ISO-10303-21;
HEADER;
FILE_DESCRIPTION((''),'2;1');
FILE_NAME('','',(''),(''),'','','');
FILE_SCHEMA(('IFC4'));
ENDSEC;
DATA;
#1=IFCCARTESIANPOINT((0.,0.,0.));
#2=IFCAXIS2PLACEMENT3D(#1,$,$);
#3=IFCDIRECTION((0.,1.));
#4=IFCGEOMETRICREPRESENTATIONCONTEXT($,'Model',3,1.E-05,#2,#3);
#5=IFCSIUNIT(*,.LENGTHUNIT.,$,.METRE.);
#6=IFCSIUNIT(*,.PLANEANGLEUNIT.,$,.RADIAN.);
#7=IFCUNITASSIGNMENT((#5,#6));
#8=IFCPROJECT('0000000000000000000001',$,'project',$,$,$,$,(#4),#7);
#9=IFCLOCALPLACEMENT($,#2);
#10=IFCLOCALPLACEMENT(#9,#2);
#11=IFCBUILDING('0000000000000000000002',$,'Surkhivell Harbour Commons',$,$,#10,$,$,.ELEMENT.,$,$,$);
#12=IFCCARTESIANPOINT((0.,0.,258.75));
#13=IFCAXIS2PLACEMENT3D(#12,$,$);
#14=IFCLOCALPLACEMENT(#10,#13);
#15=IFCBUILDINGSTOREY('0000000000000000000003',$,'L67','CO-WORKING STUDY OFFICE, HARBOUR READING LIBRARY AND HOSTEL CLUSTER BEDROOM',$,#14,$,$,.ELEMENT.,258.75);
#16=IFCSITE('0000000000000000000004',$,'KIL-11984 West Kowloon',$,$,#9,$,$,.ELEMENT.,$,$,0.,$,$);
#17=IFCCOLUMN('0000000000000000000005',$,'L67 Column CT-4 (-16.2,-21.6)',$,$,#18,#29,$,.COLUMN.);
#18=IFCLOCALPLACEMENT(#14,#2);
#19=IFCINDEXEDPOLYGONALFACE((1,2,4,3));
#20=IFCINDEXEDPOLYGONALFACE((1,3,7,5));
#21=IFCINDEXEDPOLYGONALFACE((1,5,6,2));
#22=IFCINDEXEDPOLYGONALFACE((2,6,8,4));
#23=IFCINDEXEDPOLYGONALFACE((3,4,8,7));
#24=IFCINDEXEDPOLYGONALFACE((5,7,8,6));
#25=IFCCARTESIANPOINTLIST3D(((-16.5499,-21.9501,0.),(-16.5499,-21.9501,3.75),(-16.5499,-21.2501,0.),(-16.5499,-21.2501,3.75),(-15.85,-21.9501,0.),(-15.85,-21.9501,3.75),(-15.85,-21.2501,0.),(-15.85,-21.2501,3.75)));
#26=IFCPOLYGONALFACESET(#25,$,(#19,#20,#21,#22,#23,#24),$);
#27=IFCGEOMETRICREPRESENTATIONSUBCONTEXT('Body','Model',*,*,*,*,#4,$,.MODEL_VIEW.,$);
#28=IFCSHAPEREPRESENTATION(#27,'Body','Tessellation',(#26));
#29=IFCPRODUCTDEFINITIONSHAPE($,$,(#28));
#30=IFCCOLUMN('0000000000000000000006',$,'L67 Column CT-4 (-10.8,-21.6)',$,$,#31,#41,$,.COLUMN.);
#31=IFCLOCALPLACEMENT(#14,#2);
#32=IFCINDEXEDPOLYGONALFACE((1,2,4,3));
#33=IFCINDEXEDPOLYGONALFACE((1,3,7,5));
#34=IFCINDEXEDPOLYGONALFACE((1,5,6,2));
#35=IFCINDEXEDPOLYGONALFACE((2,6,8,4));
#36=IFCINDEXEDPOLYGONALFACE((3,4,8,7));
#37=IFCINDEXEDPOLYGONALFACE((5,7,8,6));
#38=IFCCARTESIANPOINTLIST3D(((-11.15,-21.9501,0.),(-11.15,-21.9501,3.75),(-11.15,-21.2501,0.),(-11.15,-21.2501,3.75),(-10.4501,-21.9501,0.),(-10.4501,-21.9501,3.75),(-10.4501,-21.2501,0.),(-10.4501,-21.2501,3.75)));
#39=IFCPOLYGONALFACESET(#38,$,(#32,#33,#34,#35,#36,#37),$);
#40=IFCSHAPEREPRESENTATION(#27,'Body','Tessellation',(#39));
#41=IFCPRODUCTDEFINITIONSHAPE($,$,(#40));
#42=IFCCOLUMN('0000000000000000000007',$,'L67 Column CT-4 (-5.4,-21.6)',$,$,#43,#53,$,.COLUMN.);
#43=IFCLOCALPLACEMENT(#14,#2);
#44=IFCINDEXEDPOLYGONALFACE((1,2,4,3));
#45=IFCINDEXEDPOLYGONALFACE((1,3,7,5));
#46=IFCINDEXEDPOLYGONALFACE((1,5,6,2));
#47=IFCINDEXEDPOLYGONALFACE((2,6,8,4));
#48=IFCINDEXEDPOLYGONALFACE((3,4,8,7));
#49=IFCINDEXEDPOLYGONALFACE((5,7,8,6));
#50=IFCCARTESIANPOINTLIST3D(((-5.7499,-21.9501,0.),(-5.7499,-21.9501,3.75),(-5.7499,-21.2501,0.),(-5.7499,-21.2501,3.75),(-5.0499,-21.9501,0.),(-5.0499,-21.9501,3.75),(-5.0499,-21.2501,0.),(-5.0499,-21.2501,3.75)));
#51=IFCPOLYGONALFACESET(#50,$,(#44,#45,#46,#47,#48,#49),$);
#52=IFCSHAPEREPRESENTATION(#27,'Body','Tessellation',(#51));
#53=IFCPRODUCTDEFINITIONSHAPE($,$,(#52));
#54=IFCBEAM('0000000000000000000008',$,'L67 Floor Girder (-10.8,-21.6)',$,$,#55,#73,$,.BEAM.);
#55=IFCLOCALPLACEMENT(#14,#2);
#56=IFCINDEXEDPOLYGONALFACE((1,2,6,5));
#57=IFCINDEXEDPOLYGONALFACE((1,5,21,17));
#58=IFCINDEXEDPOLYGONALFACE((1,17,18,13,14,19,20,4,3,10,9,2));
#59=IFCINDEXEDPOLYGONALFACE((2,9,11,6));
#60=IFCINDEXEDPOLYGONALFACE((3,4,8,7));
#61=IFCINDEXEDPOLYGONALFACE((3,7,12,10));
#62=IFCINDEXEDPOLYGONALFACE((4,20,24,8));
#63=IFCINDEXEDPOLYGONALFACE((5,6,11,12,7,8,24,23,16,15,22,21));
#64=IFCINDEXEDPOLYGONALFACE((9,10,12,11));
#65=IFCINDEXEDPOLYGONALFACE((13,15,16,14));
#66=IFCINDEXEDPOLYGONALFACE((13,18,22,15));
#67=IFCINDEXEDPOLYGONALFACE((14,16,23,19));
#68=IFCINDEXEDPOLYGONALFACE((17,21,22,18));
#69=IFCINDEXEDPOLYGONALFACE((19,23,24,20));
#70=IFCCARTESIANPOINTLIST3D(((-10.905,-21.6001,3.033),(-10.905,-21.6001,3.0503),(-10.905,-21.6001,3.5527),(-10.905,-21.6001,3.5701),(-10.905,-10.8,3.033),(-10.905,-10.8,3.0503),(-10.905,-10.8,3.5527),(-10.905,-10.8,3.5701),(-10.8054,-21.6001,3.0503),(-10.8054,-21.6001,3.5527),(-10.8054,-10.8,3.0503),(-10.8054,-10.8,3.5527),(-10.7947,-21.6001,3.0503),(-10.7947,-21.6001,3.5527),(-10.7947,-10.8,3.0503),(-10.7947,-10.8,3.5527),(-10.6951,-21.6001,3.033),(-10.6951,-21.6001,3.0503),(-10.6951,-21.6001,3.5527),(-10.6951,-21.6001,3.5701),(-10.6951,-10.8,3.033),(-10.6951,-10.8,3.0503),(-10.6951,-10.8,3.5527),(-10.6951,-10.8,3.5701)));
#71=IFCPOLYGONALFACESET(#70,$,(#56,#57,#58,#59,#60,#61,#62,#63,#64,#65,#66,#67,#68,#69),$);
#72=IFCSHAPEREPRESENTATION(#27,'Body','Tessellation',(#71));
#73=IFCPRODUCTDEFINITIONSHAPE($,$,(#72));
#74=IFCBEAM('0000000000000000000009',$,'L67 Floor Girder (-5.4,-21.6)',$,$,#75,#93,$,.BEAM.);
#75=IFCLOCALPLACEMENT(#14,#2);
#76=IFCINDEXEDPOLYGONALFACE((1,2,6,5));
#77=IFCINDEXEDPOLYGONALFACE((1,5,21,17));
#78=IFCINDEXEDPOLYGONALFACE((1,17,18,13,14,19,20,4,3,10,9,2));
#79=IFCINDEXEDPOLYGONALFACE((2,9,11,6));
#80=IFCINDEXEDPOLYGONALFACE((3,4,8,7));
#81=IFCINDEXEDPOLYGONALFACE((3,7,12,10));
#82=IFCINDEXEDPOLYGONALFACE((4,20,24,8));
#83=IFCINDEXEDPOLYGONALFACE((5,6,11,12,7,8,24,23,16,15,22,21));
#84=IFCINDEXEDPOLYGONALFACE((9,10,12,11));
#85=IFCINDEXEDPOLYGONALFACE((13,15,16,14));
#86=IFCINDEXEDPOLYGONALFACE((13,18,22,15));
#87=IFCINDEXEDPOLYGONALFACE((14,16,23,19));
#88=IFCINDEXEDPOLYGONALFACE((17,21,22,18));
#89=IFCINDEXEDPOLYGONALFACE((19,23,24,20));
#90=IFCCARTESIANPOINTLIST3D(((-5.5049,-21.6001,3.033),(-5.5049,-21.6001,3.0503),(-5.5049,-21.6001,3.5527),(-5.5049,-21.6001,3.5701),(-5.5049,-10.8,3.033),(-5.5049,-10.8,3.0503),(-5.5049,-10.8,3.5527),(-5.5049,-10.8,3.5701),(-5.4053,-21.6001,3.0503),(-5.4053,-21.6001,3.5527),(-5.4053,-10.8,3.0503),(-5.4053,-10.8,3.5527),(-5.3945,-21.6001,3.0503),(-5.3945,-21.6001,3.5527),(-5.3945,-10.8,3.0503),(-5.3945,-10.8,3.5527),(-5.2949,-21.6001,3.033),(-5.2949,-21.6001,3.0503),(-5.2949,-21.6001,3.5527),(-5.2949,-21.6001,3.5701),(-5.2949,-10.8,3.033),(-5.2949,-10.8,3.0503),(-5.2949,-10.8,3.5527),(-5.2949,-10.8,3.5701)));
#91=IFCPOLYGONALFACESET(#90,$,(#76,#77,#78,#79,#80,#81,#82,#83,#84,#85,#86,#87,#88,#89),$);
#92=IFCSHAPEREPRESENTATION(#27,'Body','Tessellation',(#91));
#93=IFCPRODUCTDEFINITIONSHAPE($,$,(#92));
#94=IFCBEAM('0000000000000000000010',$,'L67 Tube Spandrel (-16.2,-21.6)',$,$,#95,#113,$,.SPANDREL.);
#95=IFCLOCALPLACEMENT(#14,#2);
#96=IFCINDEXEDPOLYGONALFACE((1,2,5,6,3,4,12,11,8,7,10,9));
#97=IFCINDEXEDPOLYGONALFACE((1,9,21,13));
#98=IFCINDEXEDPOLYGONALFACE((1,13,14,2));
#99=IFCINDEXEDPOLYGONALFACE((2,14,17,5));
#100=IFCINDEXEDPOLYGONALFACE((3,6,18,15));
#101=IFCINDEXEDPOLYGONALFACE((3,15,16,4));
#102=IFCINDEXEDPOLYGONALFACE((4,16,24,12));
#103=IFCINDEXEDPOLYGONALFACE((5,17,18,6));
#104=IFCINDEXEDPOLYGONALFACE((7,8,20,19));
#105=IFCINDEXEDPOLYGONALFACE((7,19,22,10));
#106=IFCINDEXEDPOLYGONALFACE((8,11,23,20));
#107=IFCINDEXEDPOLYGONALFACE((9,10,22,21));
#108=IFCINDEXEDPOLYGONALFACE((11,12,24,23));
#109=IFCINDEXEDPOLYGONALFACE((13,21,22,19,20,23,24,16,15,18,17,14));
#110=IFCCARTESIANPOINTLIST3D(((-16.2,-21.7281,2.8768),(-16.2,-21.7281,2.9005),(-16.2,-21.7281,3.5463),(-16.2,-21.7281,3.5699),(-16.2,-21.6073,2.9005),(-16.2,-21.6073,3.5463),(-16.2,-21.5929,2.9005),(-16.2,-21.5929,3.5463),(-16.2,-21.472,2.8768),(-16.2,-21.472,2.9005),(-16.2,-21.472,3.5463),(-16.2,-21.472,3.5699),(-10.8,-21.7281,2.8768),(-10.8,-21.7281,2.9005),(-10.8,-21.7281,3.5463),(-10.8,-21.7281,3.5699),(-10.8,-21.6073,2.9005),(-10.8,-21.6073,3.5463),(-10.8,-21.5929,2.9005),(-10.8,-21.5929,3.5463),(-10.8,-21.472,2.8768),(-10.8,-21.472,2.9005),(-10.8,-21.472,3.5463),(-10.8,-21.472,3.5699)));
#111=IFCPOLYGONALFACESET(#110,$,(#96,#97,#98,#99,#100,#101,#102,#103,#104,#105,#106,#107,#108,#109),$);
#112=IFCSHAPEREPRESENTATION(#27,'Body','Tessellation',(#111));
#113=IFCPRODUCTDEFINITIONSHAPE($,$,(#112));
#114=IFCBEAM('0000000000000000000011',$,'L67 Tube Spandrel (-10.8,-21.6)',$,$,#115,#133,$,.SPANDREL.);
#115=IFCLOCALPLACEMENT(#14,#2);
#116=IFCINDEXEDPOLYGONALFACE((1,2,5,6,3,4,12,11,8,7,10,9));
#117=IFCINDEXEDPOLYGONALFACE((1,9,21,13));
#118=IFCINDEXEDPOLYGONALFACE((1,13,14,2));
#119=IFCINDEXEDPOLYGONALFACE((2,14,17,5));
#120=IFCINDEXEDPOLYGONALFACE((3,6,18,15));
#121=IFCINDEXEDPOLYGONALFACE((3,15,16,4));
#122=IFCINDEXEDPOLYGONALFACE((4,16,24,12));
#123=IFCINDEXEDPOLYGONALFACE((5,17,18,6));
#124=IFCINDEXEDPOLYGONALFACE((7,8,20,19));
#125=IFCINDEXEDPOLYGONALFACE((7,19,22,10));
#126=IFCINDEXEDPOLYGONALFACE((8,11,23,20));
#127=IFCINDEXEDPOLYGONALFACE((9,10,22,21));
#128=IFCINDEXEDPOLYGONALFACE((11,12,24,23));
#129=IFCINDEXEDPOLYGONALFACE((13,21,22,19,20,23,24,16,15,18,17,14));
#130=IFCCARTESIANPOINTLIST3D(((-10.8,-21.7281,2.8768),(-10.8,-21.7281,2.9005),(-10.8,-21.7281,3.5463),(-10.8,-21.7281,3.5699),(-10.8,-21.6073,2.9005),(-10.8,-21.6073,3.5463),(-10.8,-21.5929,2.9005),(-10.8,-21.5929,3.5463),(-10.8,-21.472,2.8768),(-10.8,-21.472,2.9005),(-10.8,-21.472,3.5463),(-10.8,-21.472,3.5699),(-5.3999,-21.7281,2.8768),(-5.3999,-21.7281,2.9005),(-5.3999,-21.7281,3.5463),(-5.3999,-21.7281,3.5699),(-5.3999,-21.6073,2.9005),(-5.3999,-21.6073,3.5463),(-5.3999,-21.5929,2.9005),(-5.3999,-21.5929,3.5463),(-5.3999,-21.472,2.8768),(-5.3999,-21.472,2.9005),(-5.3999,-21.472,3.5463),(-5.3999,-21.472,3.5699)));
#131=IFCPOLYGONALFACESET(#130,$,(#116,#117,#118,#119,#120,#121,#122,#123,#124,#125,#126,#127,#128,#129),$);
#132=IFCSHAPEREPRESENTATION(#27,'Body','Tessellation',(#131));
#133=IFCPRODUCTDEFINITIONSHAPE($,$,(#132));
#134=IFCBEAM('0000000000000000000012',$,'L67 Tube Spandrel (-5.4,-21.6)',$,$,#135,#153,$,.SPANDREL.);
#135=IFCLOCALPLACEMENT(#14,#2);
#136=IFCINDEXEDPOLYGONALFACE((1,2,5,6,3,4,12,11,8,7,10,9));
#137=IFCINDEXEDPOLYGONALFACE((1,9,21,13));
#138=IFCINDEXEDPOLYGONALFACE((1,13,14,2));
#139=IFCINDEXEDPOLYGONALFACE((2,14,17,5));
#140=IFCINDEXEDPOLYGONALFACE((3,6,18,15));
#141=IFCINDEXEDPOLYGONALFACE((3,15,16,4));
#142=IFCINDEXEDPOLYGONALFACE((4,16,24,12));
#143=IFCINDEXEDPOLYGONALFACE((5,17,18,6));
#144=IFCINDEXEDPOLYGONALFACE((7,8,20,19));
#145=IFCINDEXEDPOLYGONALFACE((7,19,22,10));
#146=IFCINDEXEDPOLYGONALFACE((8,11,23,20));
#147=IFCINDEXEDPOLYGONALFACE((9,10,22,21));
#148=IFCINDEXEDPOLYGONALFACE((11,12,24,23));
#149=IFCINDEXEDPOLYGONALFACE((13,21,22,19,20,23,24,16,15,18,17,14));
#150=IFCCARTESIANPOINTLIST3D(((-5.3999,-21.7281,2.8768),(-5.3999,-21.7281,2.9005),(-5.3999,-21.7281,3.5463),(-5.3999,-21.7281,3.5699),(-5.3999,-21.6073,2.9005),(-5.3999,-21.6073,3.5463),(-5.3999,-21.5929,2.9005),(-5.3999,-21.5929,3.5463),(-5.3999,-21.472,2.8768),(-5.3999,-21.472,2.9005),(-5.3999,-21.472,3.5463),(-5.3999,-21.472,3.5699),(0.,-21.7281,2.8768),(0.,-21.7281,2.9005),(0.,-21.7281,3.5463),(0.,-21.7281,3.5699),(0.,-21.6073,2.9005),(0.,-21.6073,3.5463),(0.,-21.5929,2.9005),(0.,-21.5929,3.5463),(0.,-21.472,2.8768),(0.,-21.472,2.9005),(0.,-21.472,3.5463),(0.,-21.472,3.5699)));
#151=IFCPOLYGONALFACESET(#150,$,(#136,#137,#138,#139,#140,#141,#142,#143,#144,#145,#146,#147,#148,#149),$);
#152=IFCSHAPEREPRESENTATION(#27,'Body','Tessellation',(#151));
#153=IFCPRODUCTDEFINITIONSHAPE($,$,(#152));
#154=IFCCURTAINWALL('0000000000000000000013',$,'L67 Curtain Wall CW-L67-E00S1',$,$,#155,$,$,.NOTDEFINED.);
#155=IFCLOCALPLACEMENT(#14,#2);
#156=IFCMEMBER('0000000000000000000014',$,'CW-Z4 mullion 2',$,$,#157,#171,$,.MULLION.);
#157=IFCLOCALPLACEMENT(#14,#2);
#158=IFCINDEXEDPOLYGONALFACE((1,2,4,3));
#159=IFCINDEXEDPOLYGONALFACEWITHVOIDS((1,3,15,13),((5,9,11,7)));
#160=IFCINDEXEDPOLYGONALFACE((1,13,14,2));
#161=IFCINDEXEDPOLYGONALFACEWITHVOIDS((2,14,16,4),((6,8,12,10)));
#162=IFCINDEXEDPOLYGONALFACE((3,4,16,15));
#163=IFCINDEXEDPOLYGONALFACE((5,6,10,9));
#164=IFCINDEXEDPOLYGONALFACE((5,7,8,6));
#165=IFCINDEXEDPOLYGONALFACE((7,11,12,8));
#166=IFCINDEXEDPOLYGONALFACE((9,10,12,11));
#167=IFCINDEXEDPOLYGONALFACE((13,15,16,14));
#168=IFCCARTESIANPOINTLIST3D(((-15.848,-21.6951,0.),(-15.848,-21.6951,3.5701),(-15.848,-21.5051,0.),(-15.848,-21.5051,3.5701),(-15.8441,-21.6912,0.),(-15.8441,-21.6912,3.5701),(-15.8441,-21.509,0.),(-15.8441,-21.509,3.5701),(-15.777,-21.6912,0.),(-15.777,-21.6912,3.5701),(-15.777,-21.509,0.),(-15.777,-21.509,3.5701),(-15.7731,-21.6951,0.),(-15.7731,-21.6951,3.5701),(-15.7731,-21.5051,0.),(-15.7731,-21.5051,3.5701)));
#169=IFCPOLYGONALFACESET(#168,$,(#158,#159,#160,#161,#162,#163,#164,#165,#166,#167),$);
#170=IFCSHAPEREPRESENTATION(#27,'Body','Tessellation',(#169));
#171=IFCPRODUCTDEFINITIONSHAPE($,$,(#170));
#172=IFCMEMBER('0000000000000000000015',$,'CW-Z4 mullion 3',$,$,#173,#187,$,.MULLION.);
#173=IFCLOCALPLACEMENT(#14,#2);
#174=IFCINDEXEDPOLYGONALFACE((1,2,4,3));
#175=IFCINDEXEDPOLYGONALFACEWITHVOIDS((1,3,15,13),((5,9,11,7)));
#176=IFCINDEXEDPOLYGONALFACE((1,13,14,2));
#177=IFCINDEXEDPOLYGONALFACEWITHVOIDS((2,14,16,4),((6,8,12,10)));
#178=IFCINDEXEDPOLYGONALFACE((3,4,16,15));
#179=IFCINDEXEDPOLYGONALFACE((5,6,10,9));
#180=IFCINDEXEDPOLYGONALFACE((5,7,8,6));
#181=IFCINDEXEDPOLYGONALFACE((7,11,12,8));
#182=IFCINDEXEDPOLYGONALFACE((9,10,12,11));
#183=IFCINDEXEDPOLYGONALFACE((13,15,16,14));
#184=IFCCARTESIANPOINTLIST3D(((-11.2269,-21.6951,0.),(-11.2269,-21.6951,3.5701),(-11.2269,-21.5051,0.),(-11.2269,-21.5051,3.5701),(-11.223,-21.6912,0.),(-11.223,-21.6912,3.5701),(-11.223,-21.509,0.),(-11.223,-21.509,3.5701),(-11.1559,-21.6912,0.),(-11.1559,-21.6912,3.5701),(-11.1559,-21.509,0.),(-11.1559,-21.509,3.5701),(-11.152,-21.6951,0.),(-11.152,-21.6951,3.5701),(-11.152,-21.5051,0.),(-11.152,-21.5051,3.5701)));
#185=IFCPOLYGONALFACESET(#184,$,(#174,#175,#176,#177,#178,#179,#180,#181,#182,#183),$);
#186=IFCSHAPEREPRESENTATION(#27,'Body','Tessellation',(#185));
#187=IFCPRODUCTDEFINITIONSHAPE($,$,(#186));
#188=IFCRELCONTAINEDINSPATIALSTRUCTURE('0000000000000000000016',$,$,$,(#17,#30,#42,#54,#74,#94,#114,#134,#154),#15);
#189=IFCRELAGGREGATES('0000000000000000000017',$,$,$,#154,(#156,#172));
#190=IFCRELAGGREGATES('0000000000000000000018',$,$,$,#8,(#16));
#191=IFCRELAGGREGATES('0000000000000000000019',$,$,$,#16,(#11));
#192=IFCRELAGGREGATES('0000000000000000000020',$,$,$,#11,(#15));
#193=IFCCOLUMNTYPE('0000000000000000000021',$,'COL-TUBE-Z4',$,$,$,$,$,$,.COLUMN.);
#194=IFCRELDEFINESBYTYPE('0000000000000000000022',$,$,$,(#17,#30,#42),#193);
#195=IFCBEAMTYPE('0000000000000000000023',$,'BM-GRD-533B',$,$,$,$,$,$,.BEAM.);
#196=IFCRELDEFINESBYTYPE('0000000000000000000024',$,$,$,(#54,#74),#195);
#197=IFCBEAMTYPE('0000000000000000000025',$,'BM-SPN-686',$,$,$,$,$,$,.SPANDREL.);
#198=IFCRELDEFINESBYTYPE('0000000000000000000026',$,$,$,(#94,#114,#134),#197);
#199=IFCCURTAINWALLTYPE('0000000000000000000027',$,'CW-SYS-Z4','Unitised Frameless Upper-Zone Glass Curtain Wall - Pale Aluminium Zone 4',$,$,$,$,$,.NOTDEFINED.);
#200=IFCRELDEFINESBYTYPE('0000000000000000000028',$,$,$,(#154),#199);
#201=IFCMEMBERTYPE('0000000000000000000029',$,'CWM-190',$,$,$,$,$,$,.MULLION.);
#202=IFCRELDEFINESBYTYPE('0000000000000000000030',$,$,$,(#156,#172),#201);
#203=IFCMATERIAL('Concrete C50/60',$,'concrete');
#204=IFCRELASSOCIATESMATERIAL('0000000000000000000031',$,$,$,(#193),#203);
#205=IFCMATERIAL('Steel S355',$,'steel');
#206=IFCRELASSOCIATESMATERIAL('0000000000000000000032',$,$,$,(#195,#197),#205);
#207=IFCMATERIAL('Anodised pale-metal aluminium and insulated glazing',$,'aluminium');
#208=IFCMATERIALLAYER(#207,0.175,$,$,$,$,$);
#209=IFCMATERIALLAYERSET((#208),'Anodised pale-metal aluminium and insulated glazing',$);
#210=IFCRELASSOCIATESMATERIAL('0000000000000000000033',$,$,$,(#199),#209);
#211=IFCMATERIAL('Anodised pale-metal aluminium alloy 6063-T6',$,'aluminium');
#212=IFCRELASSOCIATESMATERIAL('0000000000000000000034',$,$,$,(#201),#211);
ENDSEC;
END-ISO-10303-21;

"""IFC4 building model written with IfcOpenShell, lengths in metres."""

from ifc_helpers import new_model, si_unit, direction, frame, origin, origin_2d, place, context, subcontext, project, spatial, rectangle, hollow_rectangle, i_section, extrude, material, layer, layer_set, material_profile, profile_set, type_object, element, aggregate, save


model = new_model("IFC4")

# Units and contexts
model_context = context("Model", 3, precision=1e-05, world=origin(), true_north=direction((0.0, 1.0)))
body_context = subcontext(model_context, "Body", "Model", "MODEL_VIEW")
ifc_project = project(units=[si_unit("LENGTHUNIT", "METRE"), si_unit("PLANEANGLEUNIT", "RADIAN")], contexts=[model_context])

# Site, building, storey
site_placement = place(None, origin())
site = spatial("IfcSite", under=ifc_project, at=site_placement, Name="KIL-11984 West Kowloon", CompositionType="ELEMENT", RefElevation=0.0)
building_placement = place(site_placement, origin())
building = spatial("IfcBuilding", under=site, at=building_placement, Name="Surkhivell Harbour Commons", CompositionType="ELEMENT")
storey_placement = place(building_placement, frame((0.0, 0.0, 258.75)))
storey = spatial("IfcBuildingStorey", under=building, at=storey_placement, Name="L67", Description="CO-WORKING STUDY OFFICE, HARBOUR READING LIBRARY AND HOSTEL CLUSTER BEDROOM", CompositionType="ELEMENT", Elevation=258.75)

# Columns
ifc_material_1 = material(Name="Concrete C50/60", Category="concrete")
ifc_material_profile_1 = material_profile(ifc_material_1, rectangle(XDim=0.7, YDim=0.7, at=origin_2d()), Name="RC-COL-700x700")
ifc_profile_set_1 = profile_set([ifc_material_profile_1], Name="Concrete C50/60")
column_type = type_object("IfcColumnType", Name="COL-TUBE-Z4", PredefinedType="COLUMN", material=ifc_profile_set_1)
for number, where, z_axis, x_axis, name in (
    (1, (-16.2, -21.6001, 0.0), (0.0, 0.0, 1.0), (1.0, 0.0, 0.0), "L67 Column CT-4 (-16.2,-21.6)"),
    (2, (-10.8, -21.6001, 0.0), (0.0, 0.0, 1.0), (1.0, 0.0, 0.0), "L67 Column CT-4 (-10.8,-21.6)"),
    (3, (-5.3999, -21.6001, 0.0), (0.0, 0.0, 1.0), (1.0, 0.0, 0.0), "L67 Column CT-4 (-5.4,-21.6)"),
):
    element("IfcColumn", number, at=place(storey_placement, frame(where, z_axis=z_axis, x_axis=x_axis)), inside=storey, type_object=column_type, Name=name, PredefinedType="COLUMN", context=body_context, shape_type="SweptSolid", body=[
        extrude(rectangle(XDim=0.7, YDim=0.7, at=origin_2d()), origin(), (0.0, 0.0, 1.0), 3.75),
    ])

# Beams
ifc_material_2 = material(Name="Steel S355", Category="steel")
ifc_material_profile_2 = material_profile(ifc_material_2, i_section(OverallWidth=0.21, OverallDepth=0.5371, WebThickness=0.0107, FlangeThickness=0.0173, at=origin_2d()), Name="UB533x210x101")
ifc_profile_set_2 = profile_set([ifc_material_profile_2], Name="Steel S355")
beam_type_1 = type_object("IfcBeamType", Name="BM-GRD-533B", PredefinedType="BEAM", material=ifc_profile_set_2)
for number, where, z_axis, x_axis, name in (
    (4, (-10.8, -21.6001, 3.3015), (0.0, 1.0, 0.0), (-1.0, 0.0, 0.0), "L67 Floor Girder (-10.8,-21.6)"),
    (5, (-5.3999, -21.6001, 3.3015), (0.0, 1.0, 0.0), (-1.0, 0.0, 0.0), "L67 Floor Girder (-5.4,-21.6)"),
):
    element("IfcBeam", number, at=place(storey_placement, frame(where, z_axis=z_axis, x_axis=x_axis)), inside=storey, type_object=beam_type_1, Name=name, PredefinedType="BEAM", context=body_context, shape_type="SweptSolid", body=[
        extrude(i_section(OverallWidth=0.21, OverallDepth=0.5371, WebThickness=0.0107, FlangeThickness=0.0173, at=origin_2d()), origin(), (0.0, 0.0, 1.0), 10.8),
    ])
ifc_material_profile_3 = material_profile(ifc_material_2, i_section(OverallWidth=0.2561, OverallDepth=0.6931, WebThickness=0.0144, FlangeThickness=0.0237, at=origin_2d()), Name="UB686x254x170")
ifc_profile_set_3 = profile_set([ifc_material_profile_3], Name="Steel S355")
beam_type_2 = type_object("IfcBeamType", Name="BM-SPN-686", PredefinedType="SPANDREL", material=ifc_profile_set_3)
beam_1_placement = place(storey_placement, frame((-16.2, -21.6001, 3.2234), z_axis=(1.0, 0.0, 0.0), x_axis=(0.0, 1.0, 0.0)))
element("IfcBeam", 6, at=beam_1_placement, inside=storey, type_object=beam_type_2, Name="L67 Tube Spandrel (-16.2,-21.6)", PredefinedType="SPANDREL", context=body_context, shape_type="SweptSolid", body=[
    extrude(i_section(OverallWidth=0.2561, OverallDepth=0.6931, WebThickness=0.0144, FlangeThickness=0.0237, at=origin_2d()), origin(), (0.0, 0.0, 1.0), 5.3999),
])
beam_2_placement = place(storey_placement, frame((-10.8, -21.6001, 3.2234), z_axis=(1.0, 0.0, 0.0), x_axis=(0.0, 1.0, 0.0)))
element("IfcBeam", 7, at=beam_2_placement, inside=storey, type_object=beam_type_2, Name="L67 Tube Spandrel (-10.8,-21.6)", PredefinedType="SPANDREL", context=body_context, shape_type="SweptSolid", body=[
    extrude(i_section(OverallWidth=0.2561, OverallDepth=0.6931, WebThickness=0.0144, FlangeThickness=0.0237, at=origin_2d()), origin(), (0.0, 0.0, 1.0), 5.4001),
])
beam_3_placement = place(storey_placement, frame((-5.3999, -21.6001, 3.2234), z_axis=(1.0, 0.0, 0.0), x_axis=(0.0, 1.0, 0.0)))
element("IfcBeam", 8, at=beam_3_placement, inside=storey, type_object=beam_type_2, Name="L67 Tube Spandrel (-5.4,-21.6)", PredefinedType="SPANDREL", context=body_context, shape_type="SweptSolid", body=[
    extrude(i_section(OverallWidth=0.2561, OverallDepth=0.6931, WebThickness=0.0144, FlangeThickness=0.0237, at=origin_2d()), origin(), (0.0, 0.0, 1.0), 5.3999),
])

# Curtain wall, members
ifc_material_3 = material(Name="Anodised pale-metal aluminium and insulated glazing", Category="aluminium")
ifc_layer_1 = layer(ifc_material_3, 0.175)
ifc_layer_set_1 = layer_set([ifc_layer_1], Name="Anodised pale-metal aluminium and insulated glazing")
curtain_wall_type = type_object("IfcCurtainWallType", Name="CW-SYS-Z4", Description="Unitised Frameless Upper-Zone Glass Curtain Wall - Pale Aluminium Zone 4", PredefinedType="NOTDEFINED", material=ifc_layer_set_1)
curtain_wall_placement = place(storey_placement, origin())
curtain_wall = element("IfcCurtainWall", 9, at=curtain_wall_placement, inside=storey, type_object=curtain_wall_type, Name="L67 Curtain Wall CW-L67-E00S1", PredefinedType="NOTDEFINED")
ifc_material_4 = material(Name="Anodised pale-metal aluminium alloy 6063-T6", Category="aluminium")
ifc_material_profile_4 = material_profile(ifc_material_4, hollow_rectangle(XDim=0.075, YDim=0.1899, WallThickness=0.0039, at=origin_2d()), Name="ALU-MULL-75x190")
ifc_profile_set_4 = profile_set([ifc_material_profile_4], Name="Anodised pale-metal aluminium alloy 6063-T6")
member_type_1 = type_object("IfcMemberType", Name="CWM-190", PredefinedType="MULLION", material=ifc_profile_set_4)
member_1_placement = place(storey_placement, frame((-15.8105, -21.6001, 0.0), z_axis=(0.0, 0.0, 1.0), x_axis=(1.0, 0.0, 0.0)))
member_1 = element("IfcMember", 10, at=member_1_placement, type_object=member_type_1, Name="CW-Z4 mullion 2", PredefinedType="MULLION", context=body_context, shape_type="SweptSolid", body=[
    extrude(hollow_rectangle(XDim=0.075, YDim=0.1899, WallThickness=0.0039, at=origin_2d()), origin(), (0.0, 0.0, 1.0), 3.5701),
])
member_2_placement = place(storey_placement, frame((-11.1895, -21.6001, 0.0), z_axis=(0.0, 0.0, 1.0), x_axis=(1.0, 0.0, 0.0)))
member_2 = element("IfcMember", 11, at=member_2_placement, type_object=member_type_1, Name="CW-Z4 mullion 3", PredefinedType="MULLION", context=body_context, shape_type="SweptSolid", body=[
    extrude(hollow_rectangle(XDim=0.075, YDim=0.1899, WallThickness=0.0039, at=origin_2d()), origin(), (0.0, 0.0, 1.0), 3.5701),
])

aggregate(curtain_wall, [member_1, member_2])

save(model, "model.ifc")
